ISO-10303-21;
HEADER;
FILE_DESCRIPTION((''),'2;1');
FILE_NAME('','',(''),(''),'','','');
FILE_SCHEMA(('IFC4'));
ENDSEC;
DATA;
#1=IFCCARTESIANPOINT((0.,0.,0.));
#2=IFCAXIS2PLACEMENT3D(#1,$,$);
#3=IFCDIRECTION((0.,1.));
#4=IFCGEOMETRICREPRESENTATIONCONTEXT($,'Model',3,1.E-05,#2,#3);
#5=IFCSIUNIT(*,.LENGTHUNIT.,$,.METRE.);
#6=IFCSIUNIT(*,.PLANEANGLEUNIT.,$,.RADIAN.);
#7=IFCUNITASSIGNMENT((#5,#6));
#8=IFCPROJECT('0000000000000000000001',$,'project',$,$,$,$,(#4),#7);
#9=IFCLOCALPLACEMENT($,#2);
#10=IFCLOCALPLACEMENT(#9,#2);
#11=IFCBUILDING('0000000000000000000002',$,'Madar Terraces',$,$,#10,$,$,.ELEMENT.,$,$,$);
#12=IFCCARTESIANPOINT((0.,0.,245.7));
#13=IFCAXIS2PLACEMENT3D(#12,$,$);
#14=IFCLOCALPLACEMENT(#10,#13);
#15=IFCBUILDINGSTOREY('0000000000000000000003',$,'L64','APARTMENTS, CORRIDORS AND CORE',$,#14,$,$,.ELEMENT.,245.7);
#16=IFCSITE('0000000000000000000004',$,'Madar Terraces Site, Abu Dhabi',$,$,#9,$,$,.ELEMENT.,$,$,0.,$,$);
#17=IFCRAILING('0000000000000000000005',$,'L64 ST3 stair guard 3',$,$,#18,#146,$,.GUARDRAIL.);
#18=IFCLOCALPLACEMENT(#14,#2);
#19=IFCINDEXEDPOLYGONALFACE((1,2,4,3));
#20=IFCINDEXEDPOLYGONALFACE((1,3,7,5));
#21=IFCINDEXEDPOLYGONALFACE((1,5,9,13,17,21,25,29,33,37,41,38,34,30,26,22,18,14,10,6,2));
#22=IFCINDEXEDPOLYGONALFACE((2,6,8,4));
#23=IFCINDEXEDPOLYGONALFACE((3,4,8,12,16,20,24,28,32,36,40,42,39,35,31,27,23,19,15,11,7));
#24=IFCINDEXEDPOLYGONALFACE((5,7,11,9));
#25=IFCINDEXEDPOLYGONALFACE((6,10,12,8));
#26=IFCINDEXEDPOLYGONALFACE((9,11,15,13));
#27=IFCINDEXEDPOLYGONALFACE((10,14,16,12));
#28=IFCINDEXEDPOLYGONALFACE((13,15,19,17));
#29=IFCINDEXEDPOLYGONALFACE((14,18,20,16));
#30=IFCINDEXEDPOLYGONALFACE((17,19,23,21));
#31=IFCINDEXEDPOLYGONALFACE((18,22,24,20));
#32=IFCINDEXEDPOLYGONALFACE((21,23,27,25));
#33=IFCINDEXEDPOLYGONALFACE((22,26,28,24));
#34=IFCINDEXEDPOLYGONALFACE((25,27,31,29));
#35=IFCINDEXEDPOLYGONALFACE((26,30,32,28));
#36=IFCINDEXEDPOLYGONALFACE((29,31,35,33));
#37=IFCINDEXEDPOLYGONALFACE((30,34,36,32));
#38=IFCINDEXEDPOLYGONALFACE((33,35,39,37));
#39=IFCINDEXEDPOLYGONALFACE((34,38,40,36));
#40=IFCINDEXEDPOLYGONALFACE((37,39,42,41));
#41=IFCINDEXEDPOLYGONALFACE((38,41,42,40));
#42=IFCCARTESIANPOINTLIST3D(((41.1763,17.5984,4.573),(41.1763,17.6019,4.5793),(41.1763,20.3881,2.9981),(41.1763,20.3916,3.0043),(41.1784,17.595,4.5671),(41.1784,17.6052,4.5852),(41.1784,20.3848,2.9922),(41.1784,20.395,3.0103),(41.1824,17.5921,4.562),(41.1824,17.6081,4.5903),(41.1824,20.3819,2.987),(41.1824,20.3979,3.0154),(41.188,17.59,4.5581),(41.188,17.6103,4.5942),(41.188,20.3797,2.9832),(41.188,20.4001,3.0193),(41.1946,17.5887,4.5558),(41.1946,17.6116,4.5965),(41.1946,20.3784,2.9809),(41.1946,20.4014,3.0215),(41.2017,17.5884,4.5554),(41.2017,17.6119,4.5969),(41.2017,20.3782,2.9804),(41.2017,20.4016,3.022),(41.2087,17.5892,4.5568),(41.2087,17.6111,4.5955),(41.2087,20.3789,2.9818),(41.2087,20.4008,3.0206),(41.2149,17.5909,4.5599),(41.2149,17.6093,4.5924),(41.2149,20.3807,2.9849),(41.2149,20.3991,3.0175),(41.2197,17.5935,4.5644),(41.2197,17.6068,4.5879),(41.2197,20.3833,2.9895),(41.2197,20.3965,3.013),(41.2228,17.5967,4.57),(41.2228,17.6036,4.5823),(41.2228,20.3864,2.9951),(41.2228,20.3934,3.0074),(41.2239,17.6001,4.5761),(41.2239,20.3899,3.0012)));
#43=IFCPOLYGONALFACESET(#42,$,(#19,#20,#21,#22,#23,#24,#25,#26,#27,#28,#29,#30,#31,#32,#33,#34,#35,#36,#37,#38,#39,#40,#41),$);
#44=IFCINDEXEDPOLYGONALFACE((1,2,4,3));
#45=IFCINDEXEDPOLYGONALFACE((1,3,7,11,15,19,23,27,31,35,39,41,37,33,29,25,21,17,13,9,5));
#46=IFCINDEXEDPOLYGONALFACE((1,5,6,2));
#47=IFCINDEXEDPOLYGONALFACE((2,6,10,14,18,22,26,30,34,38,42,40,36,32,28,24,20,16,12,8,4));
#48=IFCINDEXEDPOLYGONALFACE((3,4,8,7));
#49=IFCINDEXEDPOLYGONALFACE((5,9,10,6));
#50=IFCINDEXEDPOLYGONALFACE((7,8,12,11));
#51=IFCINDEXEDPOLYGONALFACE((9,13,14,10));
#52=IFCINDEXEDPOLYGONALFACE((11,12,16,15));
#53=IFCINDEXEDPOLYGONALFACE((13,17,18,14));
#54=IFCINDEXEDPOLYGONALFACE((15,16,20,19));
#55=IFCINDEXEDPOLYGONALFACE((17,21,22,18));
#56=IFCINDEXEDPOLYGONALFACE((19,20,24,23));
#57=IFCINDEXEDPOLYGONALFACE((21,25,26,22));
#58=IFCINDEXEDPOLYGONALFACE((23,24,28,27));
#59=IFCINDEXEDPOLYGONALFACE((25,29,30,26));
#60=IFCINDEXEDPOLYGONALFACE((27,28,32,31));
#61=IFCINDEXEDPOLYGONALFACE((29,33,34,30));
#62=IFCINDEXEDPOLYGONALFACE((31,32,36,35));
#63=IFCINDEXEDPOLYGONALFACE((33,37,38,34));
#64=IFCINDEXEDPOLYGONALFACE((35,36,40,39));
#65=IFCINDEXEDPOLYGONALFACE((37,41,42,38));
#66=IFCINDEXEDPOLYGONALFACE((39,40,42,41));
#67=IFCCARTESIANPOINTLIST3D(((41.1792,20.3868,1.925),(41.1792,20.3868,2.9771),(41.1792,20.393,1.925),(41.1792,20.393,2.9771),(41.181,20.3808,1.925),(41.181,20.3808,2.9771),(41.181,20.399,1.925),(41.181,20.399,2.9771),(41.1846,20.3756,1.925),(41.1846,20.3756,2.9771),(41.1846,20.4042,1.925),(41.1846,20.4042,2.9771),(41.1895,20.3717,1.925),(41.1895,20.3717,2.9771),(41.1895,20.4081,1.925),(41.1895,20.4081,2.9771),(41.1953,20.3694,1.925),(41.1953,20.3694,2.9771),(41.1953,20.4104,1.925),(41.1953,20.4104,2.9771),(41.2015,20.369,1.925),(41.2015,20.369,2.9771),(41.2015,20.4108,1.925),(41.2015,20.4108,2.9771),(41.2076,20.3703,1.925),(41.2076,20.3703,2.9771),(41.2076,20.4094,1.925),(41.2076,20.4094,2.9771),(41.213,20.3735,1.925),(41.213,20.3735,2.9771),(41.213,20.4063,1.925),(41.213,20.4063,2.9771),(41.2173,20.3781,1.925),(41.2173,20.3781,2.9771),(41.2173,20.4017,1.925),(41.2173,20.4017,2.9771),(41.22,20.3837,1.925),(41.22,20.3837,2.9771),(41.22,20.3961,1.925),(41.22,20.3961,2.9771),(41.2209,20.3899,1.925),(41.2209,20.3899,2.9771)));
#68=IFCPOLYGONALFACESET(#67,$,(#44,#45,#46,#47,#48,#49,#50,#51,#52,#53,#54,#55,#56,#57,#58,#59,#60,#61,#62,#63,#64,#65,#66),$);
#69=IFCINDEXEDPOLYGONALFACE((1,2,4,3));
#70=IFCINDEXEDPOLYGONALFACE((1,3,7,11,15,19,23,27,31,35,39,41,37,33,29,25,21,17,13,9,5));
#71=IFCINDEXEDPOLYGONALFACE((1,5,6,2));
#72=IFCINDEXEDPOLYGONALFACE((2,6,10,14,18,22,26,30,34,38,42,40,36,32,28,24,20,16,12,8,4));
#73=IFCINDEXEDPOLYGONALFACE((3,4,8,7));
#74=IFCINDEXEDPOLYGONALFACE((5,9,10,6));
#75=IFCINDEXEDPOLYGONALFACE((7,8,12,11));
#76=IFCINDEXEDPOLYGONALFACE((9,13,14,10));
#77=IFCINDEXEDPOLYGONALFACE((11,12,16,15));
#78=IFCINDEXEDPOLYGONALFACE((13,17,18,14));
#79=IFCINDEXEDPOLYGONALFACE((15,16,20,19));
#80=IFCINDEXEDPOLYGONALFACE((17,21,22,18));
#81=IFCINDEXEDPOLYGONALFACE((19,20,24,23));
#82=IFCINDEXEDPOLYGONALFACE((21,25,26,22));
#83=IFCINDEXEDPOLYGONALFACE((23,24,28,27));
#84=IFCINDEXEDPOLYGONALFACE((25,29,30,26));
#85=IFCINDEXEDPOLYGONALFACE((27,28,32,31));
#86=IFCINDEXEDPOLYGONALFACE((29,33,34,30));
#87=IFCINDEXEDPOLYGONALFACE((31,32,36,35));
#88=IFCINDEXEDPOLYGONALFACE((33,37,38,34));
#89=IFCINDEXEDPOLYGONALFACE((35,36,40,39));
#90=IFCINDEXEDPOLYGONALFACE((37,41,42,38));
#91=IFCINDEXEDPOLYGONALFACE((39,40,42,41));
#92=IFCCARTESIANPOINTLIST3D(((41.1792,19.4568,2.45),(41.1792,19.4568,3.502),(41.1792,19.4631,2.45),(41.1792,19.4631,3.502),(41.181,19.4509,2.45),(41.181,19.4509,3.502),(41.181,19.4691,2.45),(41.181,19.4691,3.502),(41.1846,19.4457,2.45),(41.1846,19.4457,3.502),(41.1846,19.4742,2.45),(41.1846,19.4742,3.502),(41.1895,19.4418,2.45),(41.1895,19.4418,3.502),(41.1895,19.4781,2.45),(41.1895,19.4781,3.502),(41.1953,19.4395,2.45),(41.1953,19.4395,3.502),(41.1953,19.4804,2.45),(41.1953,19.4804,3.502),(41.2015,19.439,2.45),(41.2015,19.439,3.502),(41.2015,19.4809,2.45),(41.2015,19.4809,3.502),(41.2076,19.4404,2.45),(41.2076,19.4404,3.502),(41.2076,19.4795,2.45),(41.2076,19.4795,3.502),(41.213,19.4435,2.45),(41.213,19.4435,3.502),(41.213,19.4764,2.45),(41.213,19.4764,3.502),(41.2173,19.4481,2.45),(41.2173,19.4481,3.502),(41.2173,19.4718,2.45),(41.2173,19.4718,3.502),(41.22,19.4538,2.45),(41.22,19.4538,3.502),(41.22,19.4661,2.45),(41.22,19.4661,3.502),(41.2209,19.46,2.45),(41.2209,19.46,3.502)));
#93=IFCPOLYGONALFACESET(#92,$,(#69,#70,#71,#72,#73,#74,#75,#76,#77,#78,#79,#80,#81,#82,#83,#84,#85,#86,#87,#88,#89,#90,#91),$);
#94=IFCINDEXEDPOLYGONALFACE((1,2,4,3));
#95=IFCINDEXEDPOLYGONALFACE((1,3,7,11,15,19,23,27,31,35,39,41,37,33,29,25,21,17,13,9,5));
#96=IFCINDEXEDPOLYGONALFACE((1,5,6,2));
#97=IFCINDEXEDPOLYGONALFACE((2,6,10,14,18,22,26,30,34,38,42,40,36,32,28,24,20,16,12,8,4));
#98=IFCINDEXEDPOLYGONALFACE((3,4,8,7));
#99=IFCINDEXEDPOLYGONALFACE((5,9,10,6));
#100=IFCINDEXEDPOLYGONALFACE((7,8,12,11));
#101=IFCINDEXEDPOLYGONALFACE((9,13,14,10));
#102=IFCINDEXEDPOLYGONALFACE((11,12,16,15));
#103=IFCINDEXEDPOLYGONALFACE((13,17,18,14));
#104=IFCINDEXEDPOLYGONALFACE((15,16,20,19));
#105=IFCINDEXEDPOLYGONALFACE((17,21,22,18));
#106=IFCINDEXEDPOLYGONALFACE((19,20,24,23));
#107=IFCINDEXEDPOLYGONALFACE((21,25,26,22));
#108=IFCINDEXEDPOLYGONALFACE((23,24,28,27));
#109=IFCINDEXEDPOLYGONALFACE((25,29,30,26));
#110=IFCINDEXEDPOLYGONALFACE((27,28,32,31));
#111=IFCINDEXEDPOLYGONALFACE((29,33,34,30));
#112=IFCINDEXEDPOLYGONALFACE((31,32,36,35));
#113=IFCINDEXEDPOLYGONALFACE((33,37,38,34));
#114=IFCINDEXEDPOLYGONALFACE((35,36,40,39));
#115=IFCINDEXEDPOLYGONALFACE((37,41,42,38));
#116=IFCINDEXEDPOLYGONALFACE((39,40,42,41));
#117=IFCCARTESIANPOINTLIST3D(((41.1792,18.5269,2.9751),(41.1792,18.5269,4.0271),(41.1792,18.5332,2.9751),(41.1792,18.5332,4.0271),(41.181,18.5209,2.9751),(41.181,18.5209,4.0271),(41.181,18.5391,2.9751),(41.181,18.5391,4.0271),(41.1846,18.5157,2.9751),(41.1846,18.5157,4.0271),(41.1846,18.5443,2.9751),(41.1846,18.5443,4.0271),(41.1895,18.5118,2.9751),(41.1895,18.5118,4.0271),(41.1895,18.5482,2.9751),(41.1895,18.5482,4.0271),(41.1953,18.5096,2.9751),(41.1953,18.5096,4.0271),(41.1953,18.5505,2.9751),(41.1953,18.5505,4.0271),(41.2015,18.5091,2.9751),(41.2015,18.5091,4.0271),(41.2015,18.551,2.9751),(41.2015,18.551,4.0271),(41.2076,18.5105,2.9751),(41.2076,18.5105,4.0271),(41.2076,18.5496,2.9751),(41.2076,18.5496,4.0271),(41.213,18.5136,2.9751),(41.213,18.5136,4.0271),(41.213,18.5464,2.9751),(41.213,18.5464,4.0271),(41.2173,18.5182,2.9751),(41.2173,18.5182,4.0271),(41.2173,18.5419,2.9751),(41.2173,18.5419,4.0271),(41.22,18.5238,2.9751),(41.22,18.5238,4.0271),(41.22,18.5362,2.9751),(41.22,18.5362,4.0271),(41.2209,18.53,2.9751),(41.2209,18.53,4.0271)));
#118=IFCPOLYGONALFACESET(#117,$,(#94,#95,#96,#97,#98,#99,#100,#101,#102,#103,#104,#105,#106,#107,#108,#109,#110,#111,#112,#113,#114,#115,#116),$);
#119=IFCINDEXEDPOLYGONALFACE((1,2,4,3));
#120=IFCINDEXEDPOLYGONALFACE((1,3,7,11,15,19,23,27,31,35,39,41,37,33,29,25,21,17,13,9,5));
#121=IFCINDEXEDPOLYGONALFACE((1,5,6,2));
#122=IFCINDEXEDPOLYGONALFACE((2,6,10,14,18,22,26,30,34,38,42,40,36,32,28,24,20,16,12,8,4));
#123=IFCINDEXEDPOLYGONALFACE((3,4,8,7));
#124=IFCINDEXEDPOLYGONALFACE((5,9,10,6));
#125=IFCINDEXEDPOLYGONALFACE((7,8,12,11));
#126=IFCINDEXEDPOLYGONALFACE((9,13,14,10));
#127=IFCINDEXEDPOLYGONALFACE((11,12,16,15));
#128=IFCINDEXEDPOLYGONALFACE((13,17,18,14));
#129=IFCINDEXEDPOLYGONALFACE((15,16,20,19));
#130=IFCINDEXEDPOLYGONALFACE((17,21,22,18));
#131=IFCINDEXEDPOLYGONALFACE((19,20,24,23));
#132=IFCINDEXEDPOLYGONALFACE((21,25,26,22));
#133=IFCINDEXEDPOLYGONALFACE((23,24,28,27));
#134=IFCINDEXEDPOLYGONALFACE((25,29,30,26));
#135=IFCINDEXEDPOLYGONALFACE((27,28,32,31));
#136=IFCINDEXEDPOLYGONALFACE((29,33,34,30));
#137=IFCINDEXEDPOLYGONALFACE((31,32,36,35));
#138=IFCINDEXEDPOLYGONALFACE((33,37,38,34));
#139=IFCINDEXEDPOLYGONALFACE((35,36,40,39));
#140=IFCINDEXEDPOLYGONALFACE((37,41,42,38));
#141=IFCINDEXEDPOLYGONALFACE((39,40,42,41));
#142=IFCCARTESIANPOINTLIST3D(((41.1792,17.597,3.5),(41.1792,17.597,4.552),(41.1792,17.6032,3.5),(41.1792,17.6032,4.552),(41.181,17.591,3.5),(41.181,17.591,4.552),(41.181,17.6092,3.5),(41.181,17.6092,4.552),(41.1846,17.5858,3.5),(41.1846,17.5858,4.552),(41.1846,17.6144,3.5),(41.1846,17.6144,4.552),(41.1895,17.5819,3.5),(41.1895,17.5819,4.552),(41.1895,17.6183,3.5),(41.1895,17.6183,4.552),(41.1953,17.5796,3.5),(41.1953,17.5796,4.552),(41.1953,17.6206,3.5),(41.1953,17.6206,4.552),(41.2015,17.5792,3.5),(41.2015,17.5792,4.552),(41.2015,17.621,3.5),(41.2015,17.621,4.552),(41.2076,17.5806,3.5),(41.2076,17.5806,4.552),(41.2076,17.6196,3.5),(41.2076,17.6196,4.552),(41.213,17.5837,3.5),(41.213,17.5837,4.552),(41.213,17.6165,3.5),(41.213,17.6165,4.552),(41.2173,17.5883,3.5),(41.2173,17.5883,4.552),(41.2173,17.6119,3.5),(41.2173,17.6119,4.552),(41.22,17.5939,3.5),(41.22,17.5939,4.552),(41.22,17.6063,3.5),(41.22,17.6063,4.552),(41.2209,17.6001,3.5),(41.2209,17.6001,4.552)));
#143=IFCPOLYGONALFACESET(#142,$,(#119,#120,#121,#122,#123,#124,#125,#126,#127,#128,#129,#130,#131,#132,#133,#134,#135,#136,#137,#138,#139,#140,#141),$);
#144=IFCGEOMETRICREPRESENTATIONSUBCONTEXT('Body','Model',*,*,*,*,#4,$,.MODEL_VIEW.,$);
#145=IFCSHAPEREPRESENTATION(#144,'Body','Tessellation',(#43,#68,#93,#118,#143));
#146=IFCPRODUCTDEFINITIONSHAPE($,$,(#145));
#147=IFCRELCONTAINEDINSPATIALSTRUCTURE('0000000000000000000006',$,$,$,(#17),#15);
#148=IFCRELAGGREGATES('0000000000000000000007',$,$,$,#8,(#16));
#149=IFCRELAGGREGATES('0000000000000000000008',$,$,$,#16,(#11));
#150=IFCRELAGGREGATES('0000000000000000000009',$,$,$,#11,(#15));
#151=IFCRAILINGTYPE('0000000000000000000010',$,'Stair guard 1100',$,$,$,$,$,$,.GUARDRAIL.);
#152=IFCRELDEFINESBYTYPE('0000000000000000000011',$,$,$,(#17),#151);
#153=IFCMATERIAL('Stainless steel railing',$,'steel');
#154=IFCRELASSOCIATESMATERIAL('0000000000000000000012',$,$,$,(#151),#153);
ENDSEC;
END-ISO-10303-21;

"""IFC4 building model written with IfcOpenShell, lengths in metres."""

from ifc_helpers import new_model, si_unit, direction, frame, origin, origin_2d, place, context, subcontext, project, spatial, circle, extrude, material, type_object, element, save


model = new_model("IFC4")

# Units and contexts
model_context = context("Model", 3, precision=1e-05, world=origin(), true_north=direction((0.0, 1.0)))
body_context = subcontext(model_context, "Body", "Model", "MODEL_VIEW")
ifc_project = project(units=[si_unit("LENGTHUNIT", "METRE"), si_unit("PLANEANGLEUNIT", "RADIAN")], contexts=[model_context])

# Site, building, storey
site_placement = place(None, origin())
site = spatial("IfcSite", under=ifc_project, at=site_placement, Name="Madar Terraces Site, Abu Dhabi", CompositionType="ELEMENT", RefElevation=0.0)
building_placement = place(site_placement, origin())
building = spatial("IfcBuilding", under=site, at=building_placement, Name="Madar Terraces", CompositionType="ELEMENT")
storey_placement = place(building_placement, frame((0.0, 0.0, 245.7)))
storey = spatial("IfcBuildingStorey", under=building, at=storey_placement, Name="L64", Description="APARTMENTS, CORRIDORS AND CORE", CompositionType="ELEMENT", Elevation=245.7)

# Railing
ifc_material_1 = material(Name="Stainless steel railing", Category="steel")
railing_type_1 = type_object("IfcRailingType", Name="Stair guard 1100", PredefinedType="GUARDRAIL", material=ifc_material_1)
railing_1_placement = place(storey_placement, frame((41.2, 20.3899, 1.925)))
element("IfcRailing", 1, at=railing_1_placement, inside=storey, type_object=railing_type_1, Name="L64 ST3 stair guard 3", PredefinedType="GUARDRAIL", context=body_context, shape_type="SweptSolid", body=[
    extrude(circle(Radius=0.0239, at=origin_2d()), frame((0.0, 0.0, 1.0762), z_axis=(0.0, -0.870815, 0.49161), x_axis=(1.0, 0.0, 0.0)), (0.0, 0.0, 1.0), 3.2036),
    extrude(circle(Radius=0.021, at=origin_2d()), origin(), (0.0, 0.0, 1.0), 1.052),
    extrude(circle(Radius=0.021, at=origin_2d()), frame((0.0, -0.9299, 0.5249)), (0.0, 0.0, 1.0), 1.052),
    extrude(circle(Radius=0.021, at=origin_2d()), frame((0.0, -1.8599, 1.05)), (0.0, 0.0, 1.0), 1.052),
    extrude(circle(Radius=0.021, at=origin_2d()), frame((0.0, -2.7898, 1.575)), (0.0, 0.0, 1.0), 1.052),
])

save(model, "model.ifc")
